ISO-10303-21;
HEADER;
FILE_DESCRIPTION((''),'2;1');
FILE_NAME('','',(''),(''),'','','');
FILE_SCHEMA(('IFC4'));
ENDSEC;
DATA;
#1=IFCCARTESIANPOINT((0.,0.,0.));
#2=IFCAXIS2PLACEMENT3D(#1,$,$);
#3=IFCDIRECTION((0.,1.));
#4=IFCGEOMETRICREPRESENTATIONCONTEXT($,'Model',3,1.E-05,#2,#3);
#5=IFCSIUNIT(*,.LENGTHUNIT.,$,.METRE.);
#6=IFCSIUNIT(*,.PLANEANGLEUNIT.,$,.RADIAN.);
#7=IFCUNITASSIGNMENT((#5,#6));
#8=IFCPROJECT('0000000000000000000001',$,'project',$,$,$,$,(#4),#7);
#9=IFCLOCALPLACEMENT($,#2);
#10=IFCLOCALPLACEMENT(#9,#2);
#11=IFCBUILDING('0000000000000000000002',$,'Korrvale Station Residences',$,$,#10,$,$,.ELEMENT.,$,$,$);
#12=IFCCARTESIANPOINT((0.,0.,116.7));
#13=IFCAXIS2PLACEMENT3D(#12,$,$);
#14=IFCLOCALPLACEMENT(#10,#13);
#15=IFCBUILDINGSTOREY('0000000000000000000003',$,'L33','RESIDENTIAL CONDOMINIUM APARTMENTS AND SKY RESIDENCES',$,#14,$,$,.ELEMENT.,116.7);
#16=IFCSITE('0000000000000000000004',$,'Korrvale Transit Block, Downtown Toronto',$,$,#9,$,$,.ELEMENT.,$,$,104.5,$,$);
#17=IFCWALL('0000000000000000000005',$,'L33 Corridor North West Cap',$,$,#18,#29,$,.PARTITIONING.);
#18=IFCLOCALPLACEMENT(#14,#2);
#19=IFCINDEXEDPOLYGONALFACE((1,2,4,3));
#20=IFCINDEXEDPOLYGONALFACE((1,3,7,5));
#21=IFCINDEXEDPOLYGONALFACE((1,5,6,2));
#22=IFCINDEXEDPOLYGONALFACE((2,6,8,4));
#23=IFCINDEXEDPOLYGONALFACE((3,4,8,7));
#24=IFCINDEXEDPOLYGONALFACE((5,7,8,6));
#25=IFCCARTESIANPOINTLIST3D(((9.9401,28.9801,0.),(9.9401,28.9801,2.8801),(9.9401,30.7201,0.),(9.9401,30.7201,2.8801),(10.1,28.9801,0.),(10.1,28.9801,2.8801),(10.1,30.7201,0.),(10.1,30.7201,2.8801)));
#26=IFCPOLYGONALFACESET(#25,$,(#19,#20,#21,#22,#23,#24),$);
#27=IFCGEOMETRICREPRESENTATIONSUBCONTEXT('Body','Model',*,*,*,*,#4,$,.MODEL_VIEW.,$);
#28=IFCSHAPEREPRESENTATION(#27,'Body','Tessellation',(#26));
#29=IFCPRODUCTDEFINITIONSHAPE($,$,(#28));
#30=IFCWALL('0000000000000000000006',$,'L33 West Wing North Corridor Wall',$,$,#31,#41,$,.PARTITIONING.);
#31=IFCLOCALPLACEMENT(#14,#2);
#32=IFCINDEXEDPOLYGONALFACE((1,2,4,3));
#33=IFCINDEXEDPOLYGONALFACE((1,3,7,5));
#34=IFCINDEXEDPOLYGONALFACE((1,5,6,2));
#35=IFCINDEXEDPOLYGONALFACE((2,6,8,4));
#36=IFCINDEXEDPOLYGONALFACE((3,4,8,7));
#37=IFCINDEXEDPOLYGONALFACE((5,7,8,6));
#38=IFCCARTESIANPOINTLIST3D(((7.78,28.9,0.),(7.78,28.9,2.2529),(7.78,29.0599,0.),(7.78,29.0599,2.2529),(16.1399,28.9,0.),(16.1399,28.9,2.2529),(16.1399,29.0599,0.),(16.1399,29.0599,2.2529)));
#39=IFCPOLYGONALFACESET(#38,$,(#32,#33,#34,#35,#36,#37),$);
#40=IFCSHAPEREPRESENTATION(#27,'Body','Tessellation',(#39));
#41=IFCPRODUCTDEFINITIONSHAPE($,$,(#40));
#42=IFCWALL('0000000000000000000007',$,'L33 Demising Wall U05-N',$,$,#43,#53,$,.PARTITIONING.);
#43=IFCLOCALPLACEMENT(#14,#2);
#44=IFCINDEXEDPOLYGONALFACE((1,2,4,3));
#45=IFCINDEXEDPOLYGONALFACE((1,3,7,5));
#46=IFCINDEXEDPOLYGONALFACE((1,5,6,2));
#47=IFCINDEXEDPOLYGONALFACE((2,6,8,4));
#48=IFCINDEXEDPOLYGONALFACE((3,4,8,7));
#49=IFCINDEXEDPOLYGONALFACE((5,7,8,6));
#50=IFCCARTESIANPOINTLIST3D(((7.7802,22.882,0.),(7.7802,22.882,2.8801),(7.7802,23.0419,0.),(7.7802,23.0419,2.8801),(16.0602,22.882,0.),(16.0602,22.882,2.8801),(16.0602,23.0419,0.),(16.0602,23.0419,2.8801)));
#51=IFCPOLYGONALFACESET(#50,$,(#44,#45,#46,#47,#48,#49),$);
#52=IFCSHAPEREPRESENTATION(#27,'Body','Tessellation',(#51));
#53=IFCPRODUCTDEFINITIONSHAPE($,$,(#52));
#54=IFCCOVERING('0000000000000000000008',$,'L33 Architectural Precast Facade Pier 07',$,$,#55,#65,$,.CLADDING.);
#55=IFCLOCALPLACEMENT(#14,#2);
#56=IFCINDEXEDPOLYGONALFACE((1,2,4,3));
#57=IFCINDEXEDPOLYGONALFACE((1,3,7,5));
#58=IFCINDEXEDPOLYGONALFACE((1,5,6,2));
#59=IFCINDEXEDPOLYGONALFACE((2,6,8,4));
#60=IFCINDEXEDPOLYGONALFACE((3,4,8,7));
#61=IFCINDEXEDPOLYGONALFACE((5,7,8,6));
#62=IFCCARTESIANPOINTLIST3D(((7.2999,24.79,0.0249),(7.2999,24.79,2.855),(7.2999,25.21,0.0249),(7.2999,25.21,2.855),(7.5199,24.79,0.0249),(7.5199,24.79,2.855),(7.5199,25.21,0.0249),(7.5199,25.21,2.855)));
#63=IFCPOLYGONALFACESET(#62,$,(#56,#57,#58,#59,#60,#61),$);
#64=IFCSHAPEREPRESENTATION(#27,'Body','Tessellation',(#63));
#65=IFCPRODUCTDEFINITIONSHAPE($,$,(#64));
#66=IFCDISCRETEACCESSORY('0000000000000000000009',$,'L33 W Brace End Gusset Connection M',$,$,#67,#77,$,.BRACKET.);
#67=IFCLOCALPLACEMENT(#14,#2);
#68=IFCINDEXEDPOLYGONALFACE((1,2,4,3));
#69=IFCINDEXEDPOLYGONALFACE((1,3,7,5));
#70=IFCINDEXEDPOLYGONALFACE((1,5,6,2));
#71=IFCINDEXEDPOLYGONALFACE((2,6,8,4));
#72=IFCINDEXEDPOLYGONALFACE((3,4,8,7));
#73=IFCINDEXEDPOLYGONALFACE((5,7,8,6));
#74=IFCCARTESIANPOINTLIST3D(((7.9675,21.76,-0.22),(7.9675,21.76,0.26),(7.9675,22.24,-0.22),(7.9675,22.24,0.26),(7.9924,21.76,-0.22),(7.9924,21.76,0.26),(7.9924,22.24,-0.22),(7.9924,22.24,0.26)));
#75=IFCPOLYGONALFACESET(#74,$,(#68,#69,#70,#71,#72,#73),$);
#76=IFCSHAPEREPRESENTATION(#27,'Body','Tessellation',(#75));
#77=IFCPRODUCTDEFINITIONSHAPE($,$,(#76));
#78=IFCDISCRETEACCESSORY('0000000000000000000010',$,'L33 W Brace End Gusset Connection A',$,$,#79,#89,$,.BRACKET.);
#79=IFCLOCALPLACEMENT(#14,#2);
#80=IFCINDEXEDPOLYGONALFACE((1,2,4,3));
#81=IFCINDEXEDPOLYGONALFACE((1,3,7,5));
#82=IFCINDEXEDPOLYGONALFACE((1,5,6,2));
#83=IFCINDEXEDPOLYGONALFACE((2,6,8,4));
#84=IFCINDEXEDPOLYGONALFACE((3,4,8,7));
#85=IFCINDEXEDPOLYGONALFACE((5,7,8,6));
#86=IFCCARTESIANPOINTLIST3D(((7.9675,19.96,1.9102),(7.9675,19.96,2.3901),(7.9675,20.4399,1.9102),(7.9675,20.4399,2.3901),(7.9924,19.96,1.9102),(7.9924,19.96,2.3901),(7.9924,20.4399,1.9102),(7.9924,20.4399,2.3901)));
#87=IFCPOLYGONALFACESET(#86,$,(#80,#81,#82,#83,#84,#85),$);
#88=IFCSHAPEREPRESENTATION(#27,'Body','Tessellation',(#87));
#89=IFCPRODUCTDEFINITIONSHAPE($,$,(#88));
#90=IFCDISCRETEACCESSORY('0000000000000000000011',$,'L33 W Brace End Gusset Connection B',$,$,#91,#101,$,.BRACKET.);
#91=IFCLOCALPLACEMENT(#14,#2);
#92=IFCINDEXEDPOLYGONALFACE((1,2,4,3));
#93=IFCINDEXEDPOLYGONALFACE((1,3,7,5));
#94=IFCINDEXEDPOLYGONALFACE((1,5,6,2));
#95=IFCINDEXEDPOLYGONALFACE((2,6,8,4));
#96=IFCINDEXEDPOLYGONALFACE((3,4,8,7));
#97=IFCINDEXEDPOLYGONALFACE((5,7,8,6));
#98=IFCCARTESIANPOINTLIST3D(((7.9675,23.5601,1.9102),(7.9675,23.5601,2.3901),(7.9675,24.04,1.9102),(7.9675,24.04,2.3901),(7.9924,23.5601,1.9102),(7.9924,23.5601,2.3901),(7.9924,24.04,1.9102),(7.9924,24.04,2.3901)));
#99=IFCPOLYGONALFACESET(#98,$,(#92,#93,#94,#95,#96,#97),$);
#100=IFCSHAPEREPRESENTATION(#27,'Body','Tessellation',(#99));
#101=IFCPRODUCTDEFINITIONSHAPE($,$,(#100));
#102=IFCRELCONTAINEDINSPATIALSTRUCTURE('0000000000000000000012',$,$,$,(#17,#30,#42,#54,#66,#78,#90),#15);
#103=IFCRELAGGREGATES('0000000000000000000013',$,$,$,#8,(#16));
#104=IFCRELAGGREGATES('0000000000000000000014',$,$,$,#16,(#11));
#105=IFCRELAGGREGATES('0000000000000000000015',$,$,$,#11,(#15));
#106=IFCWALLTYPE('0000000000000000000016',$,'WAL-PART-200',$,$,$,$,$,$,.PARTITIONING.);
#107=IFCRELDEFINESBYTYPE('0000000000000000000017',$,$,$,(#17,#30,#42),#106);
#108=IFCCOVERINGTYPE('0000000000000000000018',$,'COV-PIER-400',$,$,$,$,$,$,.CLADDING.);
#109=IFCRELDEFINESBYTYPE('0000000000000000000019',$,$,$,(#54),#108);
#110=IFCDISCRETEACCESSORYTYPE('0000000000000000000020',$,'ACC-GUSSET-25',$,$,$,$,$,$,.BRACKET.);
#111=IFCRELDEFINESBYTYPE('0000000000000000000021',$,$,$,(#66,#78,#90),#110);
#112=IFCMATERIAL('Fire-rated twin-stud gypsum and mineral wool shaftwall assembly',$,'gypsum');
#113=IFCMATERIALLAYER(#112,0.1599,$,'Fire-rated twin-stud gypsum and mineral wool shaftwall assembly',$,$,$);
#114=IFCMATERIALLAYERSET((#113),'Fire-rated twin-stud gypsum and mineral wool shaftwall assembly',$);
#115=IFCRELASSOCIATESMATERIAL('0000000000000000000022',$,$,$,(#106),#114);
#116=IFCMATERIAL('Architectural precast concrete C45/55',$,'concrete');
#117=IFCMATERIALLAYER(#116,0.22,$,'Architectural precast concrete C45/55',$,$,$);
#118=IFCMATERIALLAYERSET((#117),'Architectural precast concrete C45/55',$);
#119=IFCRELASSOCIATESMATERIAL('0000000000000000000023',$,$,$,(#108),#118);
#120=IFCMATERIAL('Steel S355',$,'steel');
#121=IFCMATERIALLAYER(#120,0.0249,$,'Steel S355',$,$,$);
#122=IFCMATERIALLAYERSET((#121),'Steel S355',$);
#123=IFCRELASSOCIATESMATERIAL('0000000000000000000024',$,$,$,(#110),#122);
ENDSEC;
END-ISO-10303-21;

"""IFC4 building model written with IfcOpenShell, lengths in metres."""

from ifc_helpers import new_model, si_unit, direction, frame, frame_2d, origin, origin_2d, place, context, subcontext, project, spatial, rectangle, extrude, material, layer, layer_set, type_object, element, save


model = new_model("IFC4")

# Units and contexts
model_context = context("Model", 3, precision=1e-05, world=origin(), true_north=direction((0.0, 1.0)))
body_context = subcontext(model_context, "Body", "Model", "MODEL_VIEW")
ifc_project = project(units=[si_unit("LENGTHUNIT", "METRE"), si_unit("PLANEANGLEUNIT", "RADIAN")], contexts=[model_context])

# Site, building, storey
site_placement = place(None, origin())
site = spatial("IfcSite", under=ifc_project, at=site_placement, Name="Korrvale Transit Block, Downtown Toronto", CompositionType="ELEMENT", RefElevation=104.5)
building_placement = place(site_placement, origin())
building = spatial("IfcBuilding", under=site, at=building_placement, Name="Korrvale Station Residences", CompositionType="ELEMENT")
storey_placement = place(building_placement, frame((0.0, 0.0, 116.7)))
storey = spatial("IfcBuildingStorey", under=building, at=storey_placement, Name="L33", Description="RESIDENTIAL CONDOMINIUM APARTMENTS AND SKY RESIDENCES", CompositionType="ELEMENT", Elevation=116.7)

# Shared definitions
ifc_material_1 = material(Name="Steel S355", Category="steel")

# Walls
ifc_material_2 = material(Name="Fire-rated twin-stud gypsum and mineral wool shaftwall assembly", Category="gypsum")
ifc_layer_1 = layer(ifc_material_2, 0.1599, Name="Fire-rated twin-stud gypsum and mineral wool shaftwall assembly")
ifc_layer_set_1 = layer_set([ifc_layer_1], Name="Fire-rated twin-stud gypsum and mineral wool shaftwall assembly")
wall_type_1 = type_object("IfcWallType", Name="WAL-PART-200", PredefinedType="PARTITIONING", material=ifc_layer_set_1)
wall_1_placement = place(storey_placement, frame((10.02, 28.98, 0.0), z_axis=(0.0, 0.0, 1.0), x_axis=(0.0, 1.0, 0.0)))
element("IfcWall", 1, at=wall_1_placement, inside=storey, type_object=wall_type_1, Name="L33 Corridor North West Cap", PredefinedType="PARTITIONING", context=body_context, shape_type="SweptSolid", body=[
    extrude(rectangle(XDim=1.74, YDim=0.1599, at=frame_2d((0.8701, 0.0))), origin(), (0.0, 0.0, 1.0), 2.8801),
])
wall_2_placement = place(storey_placement, frame((7.78, 28.98, 0.0), z_axis=(0.0, 0.0, 1.0), x_axis=(1.0, 0.0, 0.0)))
element("IfcWall", 2, at=wall_2_placement, inside=storey, type_object=wall_type_1, Name="L33 West Wing North Corridor Wall", PredefinedType="PARTITIONING", context=body_context, shape_type="SweptSolid", body=[
    extrude(rectangle(XDim=8.3599, YDim=0.1599, at=frame_2d((4.1799, 0.0))), origin(), (0.0, 0.0, 1.0), 2.2529),
])
wall_3_placement = place(storey_placement, frame((7.78, 22.9619, 0.0), z_axis=(0.0, 0.0, 1.0), x_axis=(1.0, 0.0, 0.0)))
element("IfcWall", 3, at=wall_3_placement, inside=storey, type_object=wall_type_1, Name="L33 Demising Wall U05-N", PredefinedType="PARTITIONING", context=body_context, shape_type="SweptSolid", body=[
    extrude(rectangle(XDim=8.28, YDim=0.1599, at=frame_2d((4.1401, 0.0))), origin(), (0.0, 0.0, 1.0), 2.8801),
])

# Covering
ifc_material_3 = material(Name="Architectural precast concrete C45/55", Category="concrete")
ifc_layer_2 = layer(ifc_material_3, 0.22, Name="Architectural precast concrete C45/55")
ifc_layer_set_2 = layer_set([ifc_layer_2], Name="Architectural precast concrete C45/55")
covering_type = type_object("IfcCoveringType", Name="COV-PIER-400", PredefinedType="CLADDING", material=ifc_layer_set_2)
covering_placement = place(storey_placement, frame((7.4099, 25.0, 0.0249), z_axis=(0.0, 0.0, 1.0), x_axis=(0.0, 1.0, 0.0)))
element("IfcCovering", 4, at=covering_placement, inside=storey, type_object=covering_type, Name="L33 Architectural Precast Facade Pier 07", PredefinedType="CLADDING", context=body_context, shape_type="SweptSolid", body=[
    extrude(rectangle(XDim=0.4199, YDim=0.22, at=origin_2d()), origin(), (0.0, 0.0, 1.0), 2.8301),
])

# Discrete accessories
ifc_layer_3 = layer(ifc_material_1, 0.0249, Name="Steel S355")
ifc_layer_set_3 = layer_set([ifc_layer_3], Name="Steel S355")
discrete_accessory_type = type_object("IfcDiscreteAccessoryType", Name="ACC-GUSSET-25", PredefinedType="BRACKET", material=ifc_layer_set_3)
for number, where, z_axis, x_axis, name in (
    (5, (7.98, 22.0, -0.22), (0.0, 0.0, 1.0), (0.0, 1.0, 0.0), "L33 W Brace End Gusset Connection M"),
    (6, (7.98, 20.2, 1.9102), (0.0, 0.0, 1.0), (0.0, 1.0, 0.0), "L33 W Brace End Gusset Connection A"),
    (7, (7.98, 23.8, 1.9102), (0.0, 0.0, 1.0), (0.0, 1.0, 0.0), "L33 W Brace End Gusset Connection B"),
):
    element("IfcDiscreteAccessory", number, at=place(storey_placement, frame(where, z_axis=z_axis, x_axis=x_axis)), inside=storey, type_object=discrete_accessory_type, Name=name, PredefinedType="BRACKET", context=body_context, shape_type="SweptSolid", body=[
        extrude(rectangle(XDim=0.48, YDim=0.0249, at=origin_2d()), origin(), (0.0, 0.0, 1.0), 0.48),
    ])

save(model, "model.ifc")
